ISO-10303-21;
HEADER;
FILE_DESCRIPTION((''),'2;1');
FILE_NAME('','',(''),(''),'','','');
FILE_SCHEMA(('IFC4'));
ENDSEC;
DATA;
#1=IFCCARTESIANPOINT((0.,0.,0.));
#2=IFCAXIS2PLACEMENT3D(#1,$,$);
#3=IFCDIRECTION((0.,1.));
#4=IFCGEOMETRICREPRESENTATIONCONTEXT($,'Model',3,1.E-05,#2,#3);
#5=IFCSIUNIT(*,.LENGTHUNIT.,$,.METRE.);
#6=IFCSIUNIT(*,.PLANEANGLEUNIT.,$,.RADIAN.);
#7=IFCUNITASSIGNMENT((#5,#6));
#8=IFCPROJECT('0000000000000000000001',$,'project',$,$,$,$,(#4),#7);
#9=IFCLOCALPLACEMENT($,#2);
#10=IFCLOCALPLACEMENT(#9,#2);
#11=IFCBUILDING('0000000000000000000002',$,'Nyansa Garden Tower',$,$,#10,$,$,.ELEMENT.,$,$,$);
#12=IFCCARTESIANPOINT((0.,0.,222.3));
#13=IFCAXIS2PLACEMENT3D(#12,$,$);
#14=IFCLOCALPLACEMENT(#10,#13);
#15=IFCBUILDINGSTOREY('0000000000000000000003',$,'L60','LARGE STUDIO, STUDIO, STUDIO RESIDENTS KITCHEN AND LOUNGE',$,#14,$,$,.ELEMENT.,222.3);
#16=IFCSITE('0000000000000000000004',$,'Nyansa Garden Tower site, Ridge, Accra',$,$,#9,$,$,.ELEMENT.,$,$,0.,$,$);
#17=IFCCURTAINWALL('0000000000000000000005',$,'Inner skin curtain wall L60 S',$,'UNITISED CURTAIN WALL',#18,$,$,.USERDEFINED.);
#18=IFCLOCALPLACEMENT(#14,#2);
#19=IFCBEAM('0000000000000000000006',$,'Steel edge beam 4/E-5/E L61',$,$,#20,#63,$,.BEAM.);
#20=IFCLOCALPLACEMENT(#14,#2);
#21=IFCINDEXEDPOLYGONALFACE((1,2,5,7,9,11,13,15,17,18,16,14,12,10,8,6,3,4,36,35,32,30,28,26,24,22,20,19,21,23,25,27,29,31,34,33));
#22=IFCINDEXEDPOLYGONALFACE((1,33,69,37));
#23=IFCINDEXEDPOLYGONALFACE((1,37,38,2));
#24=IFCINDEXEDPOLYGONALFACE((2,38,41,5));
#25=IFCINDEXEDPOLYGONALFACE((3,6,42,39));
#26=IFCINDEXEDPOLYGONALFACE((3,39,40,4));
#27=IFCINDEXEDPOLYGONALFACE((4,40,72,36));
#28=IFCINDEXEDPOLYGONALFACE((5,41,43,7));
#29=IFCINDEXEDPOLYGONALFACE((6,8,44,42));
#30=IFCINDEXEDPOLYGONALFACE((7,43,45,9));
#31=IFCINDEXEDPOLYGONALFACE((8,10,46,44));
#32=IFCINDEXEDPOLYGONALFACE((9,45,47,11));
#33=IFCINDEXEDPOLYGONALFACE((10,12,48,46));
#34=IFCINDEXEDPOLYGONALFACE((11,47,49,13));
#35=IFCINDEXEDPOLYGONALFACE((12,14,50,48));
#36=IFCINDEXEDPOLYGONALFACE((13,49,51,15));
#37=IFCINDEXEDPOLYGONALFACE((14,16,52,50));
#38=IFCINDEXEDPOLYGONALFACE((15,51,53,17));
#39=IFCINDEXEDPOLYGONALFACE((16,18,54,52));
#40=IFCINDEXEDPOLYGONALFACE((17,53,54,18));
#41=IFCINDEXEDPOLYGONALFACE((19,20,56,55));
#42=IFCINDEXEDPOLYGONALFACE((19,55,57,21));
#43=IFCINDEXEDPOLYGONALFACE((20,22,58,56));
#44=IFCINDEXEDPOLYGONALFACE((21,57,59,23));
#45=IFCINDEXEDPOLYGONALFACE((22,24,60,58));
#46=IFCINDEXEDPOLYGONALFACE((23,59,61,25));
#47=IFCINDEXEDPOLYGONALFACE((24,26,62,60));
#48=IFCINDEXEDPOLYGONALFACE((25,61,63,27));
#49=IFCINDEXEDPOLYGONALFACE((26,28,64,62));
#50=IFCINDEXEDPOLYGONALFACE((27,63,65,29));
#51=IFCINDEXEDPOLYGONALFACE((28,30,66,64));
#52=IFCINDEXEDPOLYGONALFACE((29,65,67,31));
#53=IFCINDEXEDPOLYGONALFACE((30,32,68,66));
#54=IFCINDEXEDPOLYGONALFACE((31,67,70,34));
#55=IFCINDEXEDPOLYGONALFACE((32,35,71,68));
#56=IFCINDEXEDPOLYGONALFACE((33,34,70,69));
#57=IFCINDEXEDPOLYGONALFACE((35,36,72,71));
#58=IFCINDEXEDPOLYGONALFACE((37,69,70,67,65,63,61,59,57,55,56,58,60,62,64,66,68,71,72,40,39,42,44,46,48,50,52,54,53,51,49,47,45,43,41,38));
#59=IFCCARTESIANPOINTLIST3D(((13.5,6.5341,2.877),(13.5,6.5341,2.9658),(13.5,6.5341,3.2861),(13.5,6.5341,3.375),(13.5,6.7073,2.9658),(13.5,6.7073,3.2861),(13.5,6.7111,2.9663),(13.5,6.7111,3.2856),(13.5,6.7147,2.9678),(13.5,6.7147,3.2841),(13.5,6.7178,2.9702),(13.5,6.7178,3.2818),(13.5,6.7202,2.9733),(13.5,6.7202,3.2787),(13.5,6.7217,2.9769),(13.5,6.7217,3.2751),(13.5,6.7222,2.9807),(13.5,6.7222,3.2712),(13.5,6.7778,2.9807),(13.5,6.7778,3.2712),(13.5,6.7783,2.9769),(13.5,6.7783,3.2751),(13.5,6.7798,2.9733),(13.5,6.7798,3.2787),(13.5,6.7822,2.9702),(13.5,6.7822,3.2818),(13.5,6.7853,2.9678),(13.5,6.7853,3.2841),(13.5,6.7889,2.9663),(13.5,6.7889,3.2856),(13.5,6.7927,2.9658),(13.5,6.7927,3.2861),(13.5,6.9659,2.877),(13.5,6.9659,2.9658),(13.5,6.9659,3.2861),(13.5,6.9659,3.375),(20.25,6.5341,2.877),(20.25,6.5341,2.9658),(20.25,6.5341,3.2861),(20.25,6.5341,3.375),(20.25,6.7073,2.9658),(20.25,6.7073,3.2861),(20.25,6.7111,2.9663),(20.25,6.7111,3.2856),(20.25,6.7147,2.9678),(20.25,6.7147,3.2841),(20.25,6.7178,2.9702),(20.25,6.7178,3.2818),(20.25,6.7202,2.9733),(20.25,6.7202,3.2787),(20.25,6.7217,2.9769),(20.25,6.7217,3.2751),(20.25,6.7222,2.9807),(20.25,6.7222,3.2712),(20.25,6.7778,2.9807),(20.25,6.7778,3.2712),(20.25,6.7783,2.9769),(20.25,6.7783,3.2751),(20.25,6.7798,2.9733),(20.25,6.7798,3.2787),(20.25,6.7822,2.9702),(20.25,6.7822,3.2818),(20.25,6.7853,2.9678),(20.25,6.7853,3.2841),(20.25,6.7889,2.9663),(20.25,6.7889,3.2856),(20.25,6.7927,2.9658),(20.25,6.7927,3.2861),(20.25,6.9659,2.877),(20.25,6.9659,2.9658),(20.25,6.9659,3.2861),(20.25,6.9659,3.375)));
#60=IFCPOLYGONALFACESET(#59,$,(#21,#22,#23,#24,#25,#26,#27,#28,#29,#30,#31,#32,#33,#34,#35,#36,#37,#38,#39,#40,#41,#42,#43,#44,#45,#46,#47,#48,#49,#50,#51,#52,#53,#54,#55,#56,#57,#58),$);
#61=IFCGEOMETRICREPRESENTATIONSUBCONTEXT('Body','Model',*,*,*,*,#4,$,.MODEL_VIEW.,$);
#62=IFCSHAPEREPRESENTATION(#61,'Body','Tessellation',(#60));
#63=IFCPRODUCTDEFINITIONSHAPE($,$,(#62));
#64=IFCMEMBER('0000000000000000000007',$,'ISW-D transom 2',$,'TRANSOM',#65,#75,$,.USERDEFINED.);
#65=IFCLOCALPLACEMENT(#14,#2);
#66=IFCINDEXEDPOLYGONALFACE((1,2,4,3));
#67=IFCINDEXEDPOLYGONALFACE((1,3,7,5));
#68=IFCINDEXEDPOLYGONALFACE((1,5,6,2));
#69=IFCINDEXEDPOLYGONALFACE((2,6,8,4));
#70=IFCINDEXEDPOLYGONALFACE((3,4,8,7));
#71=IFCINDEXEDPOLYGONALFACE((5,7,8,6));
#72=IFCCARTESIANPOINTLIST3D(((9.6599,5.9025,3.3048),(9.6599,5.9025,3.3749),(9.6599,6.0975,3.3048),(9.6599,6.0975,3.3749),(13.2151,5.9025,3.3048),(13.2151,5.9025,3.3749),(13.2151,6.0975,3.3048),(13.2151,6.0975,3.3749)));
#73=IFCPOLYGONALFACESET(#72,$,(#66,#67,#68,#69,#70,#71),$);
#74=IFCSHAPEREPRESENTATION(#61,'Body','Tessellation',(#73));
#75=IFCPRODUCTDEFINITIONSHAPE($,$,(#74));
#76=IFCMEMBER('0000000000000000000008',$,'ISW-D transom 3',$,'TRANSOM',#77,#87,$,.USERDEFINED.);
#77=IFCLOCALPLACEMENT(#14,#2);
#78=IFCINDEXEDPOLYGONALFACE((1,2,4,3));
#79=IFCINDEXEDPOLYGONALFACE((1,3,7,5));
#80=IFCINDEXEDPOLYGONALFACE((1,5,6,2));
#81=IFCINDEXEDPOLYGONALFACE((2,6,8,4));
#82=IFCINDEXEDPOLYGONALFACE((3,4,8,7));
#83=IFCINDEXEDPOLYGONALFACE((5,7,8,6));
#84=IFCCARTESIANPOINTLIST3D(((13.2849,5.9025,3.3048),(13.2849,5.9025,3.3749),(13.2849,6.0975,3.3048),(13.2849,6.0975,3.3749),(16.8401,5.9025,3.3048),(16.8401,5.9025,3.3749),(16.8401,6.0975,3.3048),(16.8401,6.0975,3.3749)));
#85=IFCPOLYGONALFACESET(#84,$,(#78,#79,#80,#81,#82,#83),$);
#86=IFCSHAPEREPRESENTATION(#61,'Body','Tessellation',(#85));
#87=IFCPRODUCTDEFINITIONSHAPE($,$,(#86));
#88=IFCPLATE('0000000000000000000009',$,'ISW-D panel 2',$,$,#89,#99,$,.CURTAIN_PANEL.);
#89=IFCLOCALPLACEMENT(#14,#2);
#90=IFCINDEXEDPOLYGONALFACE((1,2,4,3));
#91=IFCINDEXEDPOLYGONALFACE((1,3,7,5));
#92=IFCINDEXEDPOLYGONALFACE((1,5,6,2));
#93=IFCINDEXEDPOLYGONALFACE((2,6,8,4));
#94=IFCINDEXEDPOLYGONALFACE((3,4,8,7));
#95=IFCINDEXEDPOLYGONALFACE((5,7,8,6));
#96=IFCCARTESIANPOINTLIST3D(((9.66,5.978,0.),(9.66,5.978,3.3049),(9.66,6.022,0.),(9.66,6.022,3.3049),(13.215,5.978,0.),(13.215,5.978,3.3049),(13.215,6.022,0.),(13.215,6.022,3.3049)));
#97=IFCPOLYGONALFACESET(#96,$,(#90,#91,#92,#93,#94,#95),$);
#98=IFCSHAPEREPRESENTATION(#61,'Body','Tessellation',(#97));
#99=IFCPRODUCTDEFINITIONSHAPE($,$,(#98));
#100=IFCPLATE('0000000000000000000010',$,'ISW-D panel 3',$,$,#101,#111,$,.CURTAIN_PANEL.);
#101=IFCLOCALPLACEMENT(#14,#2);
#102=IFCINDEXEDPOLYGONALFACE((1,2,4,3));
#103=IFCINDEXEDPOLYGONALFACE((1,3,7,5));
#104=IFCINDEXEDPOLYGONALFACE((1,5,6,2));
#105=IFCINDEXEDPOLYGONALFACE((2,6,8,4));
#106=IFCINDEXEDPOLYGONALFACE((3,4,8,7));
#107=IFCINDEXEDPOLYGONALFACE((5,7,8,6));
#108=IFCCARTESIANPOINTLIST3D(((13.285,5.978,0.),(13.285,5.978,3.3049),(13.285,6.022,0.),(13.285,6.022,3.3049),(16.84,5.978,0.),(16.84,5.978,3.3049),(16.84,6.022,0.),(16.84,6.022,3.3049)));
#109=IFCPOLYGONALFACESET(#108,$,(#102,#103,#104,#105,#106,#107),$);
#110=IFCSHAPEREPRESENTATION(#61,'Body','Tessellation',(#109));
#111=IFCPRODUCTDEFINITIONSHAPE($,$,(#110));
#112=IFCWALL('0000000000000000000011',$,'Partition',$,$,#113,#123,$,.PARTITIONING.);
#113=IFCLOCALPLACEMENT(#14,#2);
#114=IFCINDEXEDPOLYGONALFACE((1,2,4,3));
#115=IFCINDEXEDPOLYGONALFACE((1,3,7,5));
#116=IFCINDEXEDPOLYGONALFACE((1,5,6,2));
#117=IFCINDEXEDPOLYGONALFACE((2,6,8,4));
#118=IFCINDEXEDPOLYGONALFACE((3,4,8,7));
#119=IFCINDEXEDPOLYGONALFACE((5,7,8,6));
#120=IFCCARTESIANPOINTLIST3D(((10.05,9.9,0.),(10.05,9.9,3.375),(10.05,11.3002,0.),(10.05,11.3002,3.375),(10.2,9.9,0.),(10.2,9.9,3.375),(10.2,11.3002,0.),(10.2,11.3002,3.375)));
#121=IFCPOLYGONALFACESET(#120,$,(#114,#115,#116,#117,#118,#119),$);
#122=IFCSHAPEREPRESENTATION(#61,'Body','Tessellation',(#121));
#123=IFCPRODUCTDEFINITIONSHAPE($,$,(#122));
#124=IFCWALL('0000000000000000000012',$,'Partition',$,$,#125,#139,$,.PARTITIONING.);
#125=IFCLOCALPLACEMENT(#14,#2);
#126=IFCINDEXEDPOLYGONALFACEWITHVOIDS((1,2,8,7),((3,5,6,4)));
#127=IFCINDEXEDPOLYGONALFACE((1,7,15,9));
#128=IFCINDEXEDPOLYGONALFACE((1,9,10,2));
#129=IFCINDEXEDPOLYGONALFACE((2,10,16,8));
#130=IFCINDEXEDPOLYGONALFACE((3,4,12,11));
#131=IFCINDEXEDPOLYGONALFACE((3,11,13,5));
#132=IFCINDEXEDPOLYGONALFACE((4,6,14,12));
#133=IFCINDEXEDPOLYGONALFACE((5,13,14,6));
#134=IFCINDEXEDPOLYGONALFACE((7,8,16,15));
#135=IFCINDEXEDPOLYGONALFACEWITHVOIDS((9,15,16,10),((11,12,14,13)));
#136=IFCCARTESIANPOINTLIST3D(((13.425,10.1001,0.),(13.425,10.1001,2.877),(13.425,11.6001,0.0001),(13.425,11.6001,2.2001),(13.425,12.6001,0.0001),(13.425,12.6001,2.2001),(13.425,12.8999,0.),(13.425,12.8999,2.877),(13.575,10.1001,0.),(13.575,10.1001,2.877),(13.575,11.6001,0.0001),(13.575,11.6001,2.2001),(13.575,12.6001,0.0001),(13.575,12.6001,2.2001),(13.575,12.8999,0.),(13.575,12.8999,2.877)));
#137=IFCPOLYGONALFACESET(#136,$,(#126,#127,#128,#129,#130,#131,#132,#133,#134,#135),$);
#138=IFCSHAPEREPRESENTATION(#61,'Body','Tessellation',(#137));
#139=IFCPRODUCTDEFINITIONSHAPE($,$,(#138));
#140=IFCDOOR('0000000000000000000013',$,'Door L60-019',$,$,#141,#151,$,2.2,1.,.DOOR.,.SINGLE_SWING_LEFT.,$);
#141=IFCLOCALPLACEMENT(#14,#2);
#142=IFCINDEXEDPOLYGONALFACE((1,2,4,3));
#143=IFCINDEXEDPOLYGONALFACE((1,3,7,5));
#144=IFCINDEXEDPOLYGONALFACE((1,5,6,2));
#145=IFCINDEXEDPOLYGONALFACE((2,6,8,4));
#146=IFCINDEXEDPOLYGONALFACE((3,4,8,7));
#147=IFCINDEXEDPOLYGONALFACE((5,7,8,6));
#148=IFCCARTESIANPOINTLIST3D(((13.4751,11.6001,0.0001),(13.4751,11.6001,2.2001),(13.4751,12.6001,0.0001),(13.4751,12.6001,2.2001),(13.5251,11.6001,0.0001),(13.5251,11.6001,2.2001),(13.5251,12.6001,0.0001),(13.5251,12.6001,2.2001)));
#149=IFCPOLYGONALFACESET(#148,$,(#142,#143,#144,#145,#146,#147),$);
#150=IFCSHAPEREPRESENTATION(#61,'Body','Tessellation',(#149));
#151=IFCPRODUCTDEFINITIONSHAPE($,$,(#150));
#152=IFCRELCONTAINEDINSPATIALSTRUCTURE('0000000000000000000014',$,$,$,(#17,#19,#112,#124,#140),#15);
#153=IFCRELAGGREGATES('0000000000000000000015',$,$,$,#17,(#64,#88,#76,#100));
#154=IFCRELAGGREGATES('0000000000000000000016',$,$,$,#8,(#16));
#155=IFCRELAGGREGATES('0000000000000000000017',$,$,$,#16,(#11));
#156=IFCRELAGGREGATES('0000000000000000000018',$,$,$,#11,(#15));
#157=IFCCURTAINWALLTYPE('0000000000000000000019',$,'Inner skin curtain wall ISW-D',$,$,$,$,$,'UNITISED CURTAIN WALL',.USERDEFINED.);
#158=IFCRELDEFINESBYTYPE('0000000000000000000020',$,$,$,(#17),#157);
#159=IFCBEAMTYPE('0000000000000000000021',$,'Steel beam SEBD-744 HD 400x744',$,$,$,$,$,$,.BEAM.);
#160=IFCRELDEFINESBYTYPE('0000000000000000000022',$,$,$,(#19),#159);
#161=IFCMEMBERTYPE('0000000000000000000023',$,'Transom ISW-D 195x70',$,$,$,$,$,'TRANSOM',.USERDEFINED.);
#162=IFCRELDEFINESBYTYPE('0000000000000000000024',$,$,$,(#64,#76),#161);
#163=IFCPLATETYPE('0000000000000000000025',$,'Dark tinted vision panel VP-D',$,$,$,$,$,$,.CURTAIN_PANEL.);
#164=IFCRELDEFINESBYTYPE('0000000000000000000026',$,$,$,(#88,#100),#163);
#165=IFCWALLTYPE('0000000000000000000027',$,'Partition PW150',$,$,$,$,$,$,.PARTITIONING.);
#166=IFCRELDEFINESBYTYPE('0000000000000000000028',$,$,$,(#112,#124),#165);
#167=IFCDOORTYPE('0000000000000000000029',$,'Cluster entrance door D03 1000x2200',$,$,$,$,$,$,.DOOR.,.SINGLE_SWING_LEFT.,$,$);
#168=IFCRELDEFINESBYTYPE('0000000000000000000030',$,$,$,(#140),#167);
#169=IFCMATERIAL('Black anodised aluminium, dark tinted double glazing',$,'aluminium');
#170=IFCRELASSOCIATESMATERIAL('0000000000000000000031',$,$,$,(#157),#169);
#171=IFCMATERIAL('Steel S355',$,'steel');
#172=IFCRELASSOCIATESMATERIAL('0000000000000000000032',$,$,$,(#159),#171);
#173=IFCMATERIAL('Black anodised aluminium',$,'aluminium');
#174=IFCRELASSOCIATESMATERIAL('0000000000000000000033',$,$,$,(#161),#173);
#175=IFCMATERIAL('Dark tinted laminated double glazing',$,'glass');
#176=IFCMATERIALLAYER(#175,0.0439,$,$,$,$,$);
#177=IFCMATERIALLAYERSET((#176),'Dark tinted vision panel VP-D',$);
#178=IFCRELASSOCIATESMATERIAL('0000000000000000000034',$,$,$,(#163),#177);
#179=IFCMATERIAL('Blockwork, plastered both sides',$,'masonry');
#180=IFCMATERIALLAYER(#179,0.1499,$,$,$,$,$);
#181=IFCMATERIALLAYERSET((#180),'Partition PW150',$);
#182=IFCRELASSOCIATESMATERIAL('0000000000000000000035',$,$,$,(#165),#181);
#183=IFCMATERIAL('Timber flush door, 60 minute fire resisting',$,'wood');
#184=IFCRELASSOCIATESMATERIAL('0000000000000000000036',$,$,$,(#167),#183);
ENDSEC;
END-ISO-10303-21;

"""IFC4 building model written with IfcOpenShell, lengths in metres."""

from ifc_helpers import new_model, si_unit, direction, frame, frame_2d, origin, origin_2d, place, context, subcontext, project, spatial, rectangle, i_section, extrude, material, layer, layer_set, material_profile, profile_set, type_object, element, fill, aggregate, save


model = new_model("IFC4")

# Units and contexts
model_context = context("Model", 3, precision=1e-05, world=origin(), true_north=direction((0.0, 1.0)))
body_context = subcontext(model_context, "Body", "Model", "MODEL_VIEW")
ifc_project = project(units=[si_unit("LENGTHUNIT", "METRE"), si_unit("PLANEANGLEUNIT", "RADIAN")], contexts=[model_context])

# Site, building, storey
site_placement = place(None, origin())
site = spatial("IfcSite", under=ifc_project, at=site_placement, Name="Nyansa Garden Tower site, Ridge, Accra", CompositionType="ELEMENT", RefElevation=0.0)
building_placement = place(site_placement, origin())
building = spatial("IfcBuilding", under=site, at=building_placement, Name="Nyansa Garden Tower", CompositionType="ELEMENT")
storey_placement = place(building_placement, frame((0.0, 0.0, 222.3)))
storey = spatial("IfcBuildingStorey", under=building, at=storey_placement, Name="L60", Description="LARGE STUDIO, STUDIO, STUDIO RESIDENTS KITCHEN AND LOUNGE", CompositionType="ELEMENT", Elevation=222.3)

# Curtain wall
ifc_material_1 = material(Name="Black anodised aluminium, dark tinted double glazing", Category="aluminium")
curtain_wall_type = type_object("IfcCurtainWallType", Name="Inner skin curtain wall ISW-D", ElementType="UNITISED CURTAIN WALL", PredefinedType="USERDEFINED", material=ifc_material_1)
curtain_wall_placement = place(storey_placement, origin())
curtain_wall = element("IfcCurtainWall", 1, at=curtain_wall_placement, inside=storey, type_object=curtain_wall_type, Name="Inner skin curtain wall L60 S", ObjectType="UNITISED CURTAIN WALL", PredefinedType="USERDEFINED")

# Beam
ifc_material_2 = material(Name="Steel S355", Category="steel")
ifc_material_profile_1 = material_profile(ifc_material_2, i_section(OverallWidth=0.4319, OverallDepth=0.498, WebThickness=0.0557, FlangeThickness=0.0889, FilletRadius=0.0149, at=origin_2d()), Name="HD 400x744")
ifc_profile_set_1 = profile_set([ifc_material_profile_1], Name="Steel S355")
beam_type_1 = type_object("IfcBeamType", Name="Steel beam SEBD-744 HD 400x744", PredefinedType="BEAM", material=ifc_profile_set_1)
beam_1_placement = place(storey_placement, frame((13.5, 6.75, 3.126), z_axis=(1.0, 0.0, 0.0), x_axis=(0.0, 1.0, 0.0)))
element("IfcBeam", 2, at=beam_1_placement, inside=storey, type_object=beam_type_1, Name="Steel edge beam 4/E-5/E L61", PredefinedType="BEAM", context=body_context, shape_type="SweptSolid", body=[
    extrude(i_section(OverallWidth=0.4319, OverallDepth=0.498, WebThickness=0.0557, FlangeThickness=0.0889, FilletRadius=0.0149, at=origin_2d()), origin(), (0.0, 0.0, 1.0), 6.75),
])

# Members
ifc_material_3 = material(Name="Black anodised aluminium", Category="aluminium")
ifc_material_profile_2 = material_profile(ifc_material_3, rectangle(XDim=0.1951, YDim=0.0701, at=origin_2d()), Name="Transom 195x70")
ifc_profile_set_2 = profile_set([ifc_material_profile_2], Name="Black anodised aluminium")
member_type_1 = type_object("IfcMemberType", Name="Transom ISW-D 195x70", ElementType="TRANSOM", PredefinedType="USERDEFINED", material=ifc_profile_set_2)
member_1_placement = place(storey_placement, frame((9.6599, 6.0, 3.3398), z_axis=(1.0, 0.0, 0.0), x_axis=(0.0, 1.0, 0.0)))
member_1 = element("IfcMember", 3, at=member_1_placement, type_object=member_type_1, Name="ISW-D transom 2", ObjectType="TRANSOM", PredefinedType="USERDEFINED", context=body_context, shape_type="SweptSolid", body=[
    extrude(rectangle(XDim=0.1951, YDim=0.0701, at=origin_2d()), origin(), (0.0, 0.0, 1.0), 3.5552),
])
member_2_placement = place(storey_placement, frame((13.2849, 6.0, 3.3398), z_axis=(1.0, 0.0, 0.0), x_axis=(0.0, 1.0, 0.0)))
member_2 = element("IfcMember", 4, at=member_2_placement, type_object=member_type_1, Name="ISW-D transom 3", ObjectType="TRANSOM", PredefinedType="USERDEFINED", context=body_context, shape_type="SweptSolid", body=[
    extrude(rectangle(XDim=0.1951, YDim=0.0701, at=origin_2d()), origin(), (0.0, 0.0, 1.0), 3.5552),
])

# Plates
ifc_material_4 = material(Name="Dark tinted laminated double glazing", Category="glass")
ifc_layer_1 = layer(ifc_material_4, 0.0439)
ifc_layer_set_1 = layer_set([ifc_layer_1], Name="Dark tinted vision panel VP-D")
plate_type = type_object("IfcPlateType", Name="Dark tinted vision panel VP-D", PredefinedType="CURTAIN_PANEL", material=ifc_layer_set_1)
plate_1_placement = place(storey_placement, frame((11.4375, 6.0, 0.0), z_axis=(0.0, 0.0, 1.0), x_axis=(1.0, 0.0, 0.0)))
plate_1 = element("IfcPlate", 5, at=plate_1_placement, type_object=plate_type, Name="ISW-D panel 2", PredefinedType="CURTAIN_PANEL", context=body_context, shape_type="SweptSolid", body=[
    extrude(rectangle(XDim=3.5549, YDim=0.0439, at=origin_2d()), origin(), (0.0, 0.0, 1.0), 3.3049),
])
plate_2_placement = place(storey_placement, frame((15.0625, 6.0, 0.0), z_axis=(0.0, 0.0, 1.0), x_axis=(1.0, 0.0, 0.0)))
plate_2 = element("IfcPlate", 6, at=plate_2_placement, type_object=plate_type, Name="ISW-D panel 3", PredefinedType="CURTAIN_PANEL", context=body_context, shape_type="SweptSolid", body=[
    extrude(rectangle(XDim=3.5549, YDim=0.0439, at=origin_2d()), origin(), (0.0, 0.0, 1.0), 3.3049),
])
aggregate(curtain_wall, [member_1, plate_1, member_2, plate_2])

# Wall
ifc_material_5 = material(Name="Blockwork, plastered both sides", Category="masonry")
ifc_layer_2 = layer(ifc_material_5, 0.1499)
ifc_layer_set_2 = layer_set([ifc_layer_2], Name="Partition PW150")
wall_type_1 = type_object("IfcWallType", Name="Partition PW150", PredefinedType="PARTITIONING", material=ifc_layer_set_2)
wall_1_placement = place(storey_placement, frame((10.125, 9.8999, 0.0), z_axis=(0.0, 0.0, 1.0), x_axis=(0.0, 1.0, 0.0)))
element("IfcWall", 7, at=wall_1_placement, inside=storey, type_object=wall_type_1, Name="Partition", PredefinedType="PARTITIONING", context=body_context, shape_type="SweptSolid", body=[
    extrude(rectangle(XDim=1.4001, YDim=0.1499, at=frame_2d((0.7002, 0.0))), origin(), (0.0, 0.0, 1.0), 3.375),
])

# Wall, opening, door
wall_2_placement = place(storey_placement, frame((13.5, 10.1001, 0.0), z_axis=(0.0, 0.0, 1.0), x_axis=(0.0, 1.0, 0.0)))
wall_2 = element("IfcWall", 8, at=wall_2_placement, inside=storey, type_object=wall_type_1, Name="Partition", PredefinedType="PARTITIONING", context=body_context, shape_type="SweptSolid", body=[
    extrude(rectangle(XDim=2.7998, YDim=0.1499, at=frame_2d((1.3999, 0.0))), origin(), (0.0, 0.0, 1.0), 2.877),
])
opening_1_placement = place(wall_2_placement, frame((1.5, 0.0, 0.0)))
opening_1 = element("IfcOpeningElement", 9, at=opening_1_placement, cuts=wall_2, PredefinedType="OPENING", context=body_context, shape_type="SweptSolid", body=[
    extrude(rectangle(XDim=1.0, YDim=2.2, at=frame_2d((0.5, 1.1001))), frame((0.0, 0.085, 0.0), z_axis=(0.0, -1.0, 0.0), x_axis=(1.0, 0.0, 0.0)), (0.0, 0.0, 1.0), 0.1699),
])
ifc_material_6 = material(Name="Timber flush door, 60 minute fire resisting", Category="wood")
door_type_1 = type_object("IfcDoorType", Name="Cluster entrance door D03 1000x2200", OperationType="SINGLE_SWING_LEFT", PredefinedType="DOOR", material=ifc_material_6)
door_1_placement = place(opening_1_placement, origin())
door_1 = element("IfcDoor", 10, at=door_1_placement, inside=storey, type_object=door_type_1, Name="Door L60-019", OperationType="SINGLE_SWING_LEFT", OverallHeight=2.2, OverallWidth=1.0, PredefinedType="DOOR", context=body_context, shape_type="SweptSolid", body=[
    extrude(rectangle(XDim=1.0, YDim=2.2, at=frame_2d((0.5, 1.1001))), frame((0.0, 0.0249, 0.0), z_axis=(0.0, -1.0, 0.0), x_axis=(1.0, 0.0, 0.0)), (0.0, 0.0, 1.0), 0.05),
])
fill(opening_1, door_1)

save(model, "model.ifc")
